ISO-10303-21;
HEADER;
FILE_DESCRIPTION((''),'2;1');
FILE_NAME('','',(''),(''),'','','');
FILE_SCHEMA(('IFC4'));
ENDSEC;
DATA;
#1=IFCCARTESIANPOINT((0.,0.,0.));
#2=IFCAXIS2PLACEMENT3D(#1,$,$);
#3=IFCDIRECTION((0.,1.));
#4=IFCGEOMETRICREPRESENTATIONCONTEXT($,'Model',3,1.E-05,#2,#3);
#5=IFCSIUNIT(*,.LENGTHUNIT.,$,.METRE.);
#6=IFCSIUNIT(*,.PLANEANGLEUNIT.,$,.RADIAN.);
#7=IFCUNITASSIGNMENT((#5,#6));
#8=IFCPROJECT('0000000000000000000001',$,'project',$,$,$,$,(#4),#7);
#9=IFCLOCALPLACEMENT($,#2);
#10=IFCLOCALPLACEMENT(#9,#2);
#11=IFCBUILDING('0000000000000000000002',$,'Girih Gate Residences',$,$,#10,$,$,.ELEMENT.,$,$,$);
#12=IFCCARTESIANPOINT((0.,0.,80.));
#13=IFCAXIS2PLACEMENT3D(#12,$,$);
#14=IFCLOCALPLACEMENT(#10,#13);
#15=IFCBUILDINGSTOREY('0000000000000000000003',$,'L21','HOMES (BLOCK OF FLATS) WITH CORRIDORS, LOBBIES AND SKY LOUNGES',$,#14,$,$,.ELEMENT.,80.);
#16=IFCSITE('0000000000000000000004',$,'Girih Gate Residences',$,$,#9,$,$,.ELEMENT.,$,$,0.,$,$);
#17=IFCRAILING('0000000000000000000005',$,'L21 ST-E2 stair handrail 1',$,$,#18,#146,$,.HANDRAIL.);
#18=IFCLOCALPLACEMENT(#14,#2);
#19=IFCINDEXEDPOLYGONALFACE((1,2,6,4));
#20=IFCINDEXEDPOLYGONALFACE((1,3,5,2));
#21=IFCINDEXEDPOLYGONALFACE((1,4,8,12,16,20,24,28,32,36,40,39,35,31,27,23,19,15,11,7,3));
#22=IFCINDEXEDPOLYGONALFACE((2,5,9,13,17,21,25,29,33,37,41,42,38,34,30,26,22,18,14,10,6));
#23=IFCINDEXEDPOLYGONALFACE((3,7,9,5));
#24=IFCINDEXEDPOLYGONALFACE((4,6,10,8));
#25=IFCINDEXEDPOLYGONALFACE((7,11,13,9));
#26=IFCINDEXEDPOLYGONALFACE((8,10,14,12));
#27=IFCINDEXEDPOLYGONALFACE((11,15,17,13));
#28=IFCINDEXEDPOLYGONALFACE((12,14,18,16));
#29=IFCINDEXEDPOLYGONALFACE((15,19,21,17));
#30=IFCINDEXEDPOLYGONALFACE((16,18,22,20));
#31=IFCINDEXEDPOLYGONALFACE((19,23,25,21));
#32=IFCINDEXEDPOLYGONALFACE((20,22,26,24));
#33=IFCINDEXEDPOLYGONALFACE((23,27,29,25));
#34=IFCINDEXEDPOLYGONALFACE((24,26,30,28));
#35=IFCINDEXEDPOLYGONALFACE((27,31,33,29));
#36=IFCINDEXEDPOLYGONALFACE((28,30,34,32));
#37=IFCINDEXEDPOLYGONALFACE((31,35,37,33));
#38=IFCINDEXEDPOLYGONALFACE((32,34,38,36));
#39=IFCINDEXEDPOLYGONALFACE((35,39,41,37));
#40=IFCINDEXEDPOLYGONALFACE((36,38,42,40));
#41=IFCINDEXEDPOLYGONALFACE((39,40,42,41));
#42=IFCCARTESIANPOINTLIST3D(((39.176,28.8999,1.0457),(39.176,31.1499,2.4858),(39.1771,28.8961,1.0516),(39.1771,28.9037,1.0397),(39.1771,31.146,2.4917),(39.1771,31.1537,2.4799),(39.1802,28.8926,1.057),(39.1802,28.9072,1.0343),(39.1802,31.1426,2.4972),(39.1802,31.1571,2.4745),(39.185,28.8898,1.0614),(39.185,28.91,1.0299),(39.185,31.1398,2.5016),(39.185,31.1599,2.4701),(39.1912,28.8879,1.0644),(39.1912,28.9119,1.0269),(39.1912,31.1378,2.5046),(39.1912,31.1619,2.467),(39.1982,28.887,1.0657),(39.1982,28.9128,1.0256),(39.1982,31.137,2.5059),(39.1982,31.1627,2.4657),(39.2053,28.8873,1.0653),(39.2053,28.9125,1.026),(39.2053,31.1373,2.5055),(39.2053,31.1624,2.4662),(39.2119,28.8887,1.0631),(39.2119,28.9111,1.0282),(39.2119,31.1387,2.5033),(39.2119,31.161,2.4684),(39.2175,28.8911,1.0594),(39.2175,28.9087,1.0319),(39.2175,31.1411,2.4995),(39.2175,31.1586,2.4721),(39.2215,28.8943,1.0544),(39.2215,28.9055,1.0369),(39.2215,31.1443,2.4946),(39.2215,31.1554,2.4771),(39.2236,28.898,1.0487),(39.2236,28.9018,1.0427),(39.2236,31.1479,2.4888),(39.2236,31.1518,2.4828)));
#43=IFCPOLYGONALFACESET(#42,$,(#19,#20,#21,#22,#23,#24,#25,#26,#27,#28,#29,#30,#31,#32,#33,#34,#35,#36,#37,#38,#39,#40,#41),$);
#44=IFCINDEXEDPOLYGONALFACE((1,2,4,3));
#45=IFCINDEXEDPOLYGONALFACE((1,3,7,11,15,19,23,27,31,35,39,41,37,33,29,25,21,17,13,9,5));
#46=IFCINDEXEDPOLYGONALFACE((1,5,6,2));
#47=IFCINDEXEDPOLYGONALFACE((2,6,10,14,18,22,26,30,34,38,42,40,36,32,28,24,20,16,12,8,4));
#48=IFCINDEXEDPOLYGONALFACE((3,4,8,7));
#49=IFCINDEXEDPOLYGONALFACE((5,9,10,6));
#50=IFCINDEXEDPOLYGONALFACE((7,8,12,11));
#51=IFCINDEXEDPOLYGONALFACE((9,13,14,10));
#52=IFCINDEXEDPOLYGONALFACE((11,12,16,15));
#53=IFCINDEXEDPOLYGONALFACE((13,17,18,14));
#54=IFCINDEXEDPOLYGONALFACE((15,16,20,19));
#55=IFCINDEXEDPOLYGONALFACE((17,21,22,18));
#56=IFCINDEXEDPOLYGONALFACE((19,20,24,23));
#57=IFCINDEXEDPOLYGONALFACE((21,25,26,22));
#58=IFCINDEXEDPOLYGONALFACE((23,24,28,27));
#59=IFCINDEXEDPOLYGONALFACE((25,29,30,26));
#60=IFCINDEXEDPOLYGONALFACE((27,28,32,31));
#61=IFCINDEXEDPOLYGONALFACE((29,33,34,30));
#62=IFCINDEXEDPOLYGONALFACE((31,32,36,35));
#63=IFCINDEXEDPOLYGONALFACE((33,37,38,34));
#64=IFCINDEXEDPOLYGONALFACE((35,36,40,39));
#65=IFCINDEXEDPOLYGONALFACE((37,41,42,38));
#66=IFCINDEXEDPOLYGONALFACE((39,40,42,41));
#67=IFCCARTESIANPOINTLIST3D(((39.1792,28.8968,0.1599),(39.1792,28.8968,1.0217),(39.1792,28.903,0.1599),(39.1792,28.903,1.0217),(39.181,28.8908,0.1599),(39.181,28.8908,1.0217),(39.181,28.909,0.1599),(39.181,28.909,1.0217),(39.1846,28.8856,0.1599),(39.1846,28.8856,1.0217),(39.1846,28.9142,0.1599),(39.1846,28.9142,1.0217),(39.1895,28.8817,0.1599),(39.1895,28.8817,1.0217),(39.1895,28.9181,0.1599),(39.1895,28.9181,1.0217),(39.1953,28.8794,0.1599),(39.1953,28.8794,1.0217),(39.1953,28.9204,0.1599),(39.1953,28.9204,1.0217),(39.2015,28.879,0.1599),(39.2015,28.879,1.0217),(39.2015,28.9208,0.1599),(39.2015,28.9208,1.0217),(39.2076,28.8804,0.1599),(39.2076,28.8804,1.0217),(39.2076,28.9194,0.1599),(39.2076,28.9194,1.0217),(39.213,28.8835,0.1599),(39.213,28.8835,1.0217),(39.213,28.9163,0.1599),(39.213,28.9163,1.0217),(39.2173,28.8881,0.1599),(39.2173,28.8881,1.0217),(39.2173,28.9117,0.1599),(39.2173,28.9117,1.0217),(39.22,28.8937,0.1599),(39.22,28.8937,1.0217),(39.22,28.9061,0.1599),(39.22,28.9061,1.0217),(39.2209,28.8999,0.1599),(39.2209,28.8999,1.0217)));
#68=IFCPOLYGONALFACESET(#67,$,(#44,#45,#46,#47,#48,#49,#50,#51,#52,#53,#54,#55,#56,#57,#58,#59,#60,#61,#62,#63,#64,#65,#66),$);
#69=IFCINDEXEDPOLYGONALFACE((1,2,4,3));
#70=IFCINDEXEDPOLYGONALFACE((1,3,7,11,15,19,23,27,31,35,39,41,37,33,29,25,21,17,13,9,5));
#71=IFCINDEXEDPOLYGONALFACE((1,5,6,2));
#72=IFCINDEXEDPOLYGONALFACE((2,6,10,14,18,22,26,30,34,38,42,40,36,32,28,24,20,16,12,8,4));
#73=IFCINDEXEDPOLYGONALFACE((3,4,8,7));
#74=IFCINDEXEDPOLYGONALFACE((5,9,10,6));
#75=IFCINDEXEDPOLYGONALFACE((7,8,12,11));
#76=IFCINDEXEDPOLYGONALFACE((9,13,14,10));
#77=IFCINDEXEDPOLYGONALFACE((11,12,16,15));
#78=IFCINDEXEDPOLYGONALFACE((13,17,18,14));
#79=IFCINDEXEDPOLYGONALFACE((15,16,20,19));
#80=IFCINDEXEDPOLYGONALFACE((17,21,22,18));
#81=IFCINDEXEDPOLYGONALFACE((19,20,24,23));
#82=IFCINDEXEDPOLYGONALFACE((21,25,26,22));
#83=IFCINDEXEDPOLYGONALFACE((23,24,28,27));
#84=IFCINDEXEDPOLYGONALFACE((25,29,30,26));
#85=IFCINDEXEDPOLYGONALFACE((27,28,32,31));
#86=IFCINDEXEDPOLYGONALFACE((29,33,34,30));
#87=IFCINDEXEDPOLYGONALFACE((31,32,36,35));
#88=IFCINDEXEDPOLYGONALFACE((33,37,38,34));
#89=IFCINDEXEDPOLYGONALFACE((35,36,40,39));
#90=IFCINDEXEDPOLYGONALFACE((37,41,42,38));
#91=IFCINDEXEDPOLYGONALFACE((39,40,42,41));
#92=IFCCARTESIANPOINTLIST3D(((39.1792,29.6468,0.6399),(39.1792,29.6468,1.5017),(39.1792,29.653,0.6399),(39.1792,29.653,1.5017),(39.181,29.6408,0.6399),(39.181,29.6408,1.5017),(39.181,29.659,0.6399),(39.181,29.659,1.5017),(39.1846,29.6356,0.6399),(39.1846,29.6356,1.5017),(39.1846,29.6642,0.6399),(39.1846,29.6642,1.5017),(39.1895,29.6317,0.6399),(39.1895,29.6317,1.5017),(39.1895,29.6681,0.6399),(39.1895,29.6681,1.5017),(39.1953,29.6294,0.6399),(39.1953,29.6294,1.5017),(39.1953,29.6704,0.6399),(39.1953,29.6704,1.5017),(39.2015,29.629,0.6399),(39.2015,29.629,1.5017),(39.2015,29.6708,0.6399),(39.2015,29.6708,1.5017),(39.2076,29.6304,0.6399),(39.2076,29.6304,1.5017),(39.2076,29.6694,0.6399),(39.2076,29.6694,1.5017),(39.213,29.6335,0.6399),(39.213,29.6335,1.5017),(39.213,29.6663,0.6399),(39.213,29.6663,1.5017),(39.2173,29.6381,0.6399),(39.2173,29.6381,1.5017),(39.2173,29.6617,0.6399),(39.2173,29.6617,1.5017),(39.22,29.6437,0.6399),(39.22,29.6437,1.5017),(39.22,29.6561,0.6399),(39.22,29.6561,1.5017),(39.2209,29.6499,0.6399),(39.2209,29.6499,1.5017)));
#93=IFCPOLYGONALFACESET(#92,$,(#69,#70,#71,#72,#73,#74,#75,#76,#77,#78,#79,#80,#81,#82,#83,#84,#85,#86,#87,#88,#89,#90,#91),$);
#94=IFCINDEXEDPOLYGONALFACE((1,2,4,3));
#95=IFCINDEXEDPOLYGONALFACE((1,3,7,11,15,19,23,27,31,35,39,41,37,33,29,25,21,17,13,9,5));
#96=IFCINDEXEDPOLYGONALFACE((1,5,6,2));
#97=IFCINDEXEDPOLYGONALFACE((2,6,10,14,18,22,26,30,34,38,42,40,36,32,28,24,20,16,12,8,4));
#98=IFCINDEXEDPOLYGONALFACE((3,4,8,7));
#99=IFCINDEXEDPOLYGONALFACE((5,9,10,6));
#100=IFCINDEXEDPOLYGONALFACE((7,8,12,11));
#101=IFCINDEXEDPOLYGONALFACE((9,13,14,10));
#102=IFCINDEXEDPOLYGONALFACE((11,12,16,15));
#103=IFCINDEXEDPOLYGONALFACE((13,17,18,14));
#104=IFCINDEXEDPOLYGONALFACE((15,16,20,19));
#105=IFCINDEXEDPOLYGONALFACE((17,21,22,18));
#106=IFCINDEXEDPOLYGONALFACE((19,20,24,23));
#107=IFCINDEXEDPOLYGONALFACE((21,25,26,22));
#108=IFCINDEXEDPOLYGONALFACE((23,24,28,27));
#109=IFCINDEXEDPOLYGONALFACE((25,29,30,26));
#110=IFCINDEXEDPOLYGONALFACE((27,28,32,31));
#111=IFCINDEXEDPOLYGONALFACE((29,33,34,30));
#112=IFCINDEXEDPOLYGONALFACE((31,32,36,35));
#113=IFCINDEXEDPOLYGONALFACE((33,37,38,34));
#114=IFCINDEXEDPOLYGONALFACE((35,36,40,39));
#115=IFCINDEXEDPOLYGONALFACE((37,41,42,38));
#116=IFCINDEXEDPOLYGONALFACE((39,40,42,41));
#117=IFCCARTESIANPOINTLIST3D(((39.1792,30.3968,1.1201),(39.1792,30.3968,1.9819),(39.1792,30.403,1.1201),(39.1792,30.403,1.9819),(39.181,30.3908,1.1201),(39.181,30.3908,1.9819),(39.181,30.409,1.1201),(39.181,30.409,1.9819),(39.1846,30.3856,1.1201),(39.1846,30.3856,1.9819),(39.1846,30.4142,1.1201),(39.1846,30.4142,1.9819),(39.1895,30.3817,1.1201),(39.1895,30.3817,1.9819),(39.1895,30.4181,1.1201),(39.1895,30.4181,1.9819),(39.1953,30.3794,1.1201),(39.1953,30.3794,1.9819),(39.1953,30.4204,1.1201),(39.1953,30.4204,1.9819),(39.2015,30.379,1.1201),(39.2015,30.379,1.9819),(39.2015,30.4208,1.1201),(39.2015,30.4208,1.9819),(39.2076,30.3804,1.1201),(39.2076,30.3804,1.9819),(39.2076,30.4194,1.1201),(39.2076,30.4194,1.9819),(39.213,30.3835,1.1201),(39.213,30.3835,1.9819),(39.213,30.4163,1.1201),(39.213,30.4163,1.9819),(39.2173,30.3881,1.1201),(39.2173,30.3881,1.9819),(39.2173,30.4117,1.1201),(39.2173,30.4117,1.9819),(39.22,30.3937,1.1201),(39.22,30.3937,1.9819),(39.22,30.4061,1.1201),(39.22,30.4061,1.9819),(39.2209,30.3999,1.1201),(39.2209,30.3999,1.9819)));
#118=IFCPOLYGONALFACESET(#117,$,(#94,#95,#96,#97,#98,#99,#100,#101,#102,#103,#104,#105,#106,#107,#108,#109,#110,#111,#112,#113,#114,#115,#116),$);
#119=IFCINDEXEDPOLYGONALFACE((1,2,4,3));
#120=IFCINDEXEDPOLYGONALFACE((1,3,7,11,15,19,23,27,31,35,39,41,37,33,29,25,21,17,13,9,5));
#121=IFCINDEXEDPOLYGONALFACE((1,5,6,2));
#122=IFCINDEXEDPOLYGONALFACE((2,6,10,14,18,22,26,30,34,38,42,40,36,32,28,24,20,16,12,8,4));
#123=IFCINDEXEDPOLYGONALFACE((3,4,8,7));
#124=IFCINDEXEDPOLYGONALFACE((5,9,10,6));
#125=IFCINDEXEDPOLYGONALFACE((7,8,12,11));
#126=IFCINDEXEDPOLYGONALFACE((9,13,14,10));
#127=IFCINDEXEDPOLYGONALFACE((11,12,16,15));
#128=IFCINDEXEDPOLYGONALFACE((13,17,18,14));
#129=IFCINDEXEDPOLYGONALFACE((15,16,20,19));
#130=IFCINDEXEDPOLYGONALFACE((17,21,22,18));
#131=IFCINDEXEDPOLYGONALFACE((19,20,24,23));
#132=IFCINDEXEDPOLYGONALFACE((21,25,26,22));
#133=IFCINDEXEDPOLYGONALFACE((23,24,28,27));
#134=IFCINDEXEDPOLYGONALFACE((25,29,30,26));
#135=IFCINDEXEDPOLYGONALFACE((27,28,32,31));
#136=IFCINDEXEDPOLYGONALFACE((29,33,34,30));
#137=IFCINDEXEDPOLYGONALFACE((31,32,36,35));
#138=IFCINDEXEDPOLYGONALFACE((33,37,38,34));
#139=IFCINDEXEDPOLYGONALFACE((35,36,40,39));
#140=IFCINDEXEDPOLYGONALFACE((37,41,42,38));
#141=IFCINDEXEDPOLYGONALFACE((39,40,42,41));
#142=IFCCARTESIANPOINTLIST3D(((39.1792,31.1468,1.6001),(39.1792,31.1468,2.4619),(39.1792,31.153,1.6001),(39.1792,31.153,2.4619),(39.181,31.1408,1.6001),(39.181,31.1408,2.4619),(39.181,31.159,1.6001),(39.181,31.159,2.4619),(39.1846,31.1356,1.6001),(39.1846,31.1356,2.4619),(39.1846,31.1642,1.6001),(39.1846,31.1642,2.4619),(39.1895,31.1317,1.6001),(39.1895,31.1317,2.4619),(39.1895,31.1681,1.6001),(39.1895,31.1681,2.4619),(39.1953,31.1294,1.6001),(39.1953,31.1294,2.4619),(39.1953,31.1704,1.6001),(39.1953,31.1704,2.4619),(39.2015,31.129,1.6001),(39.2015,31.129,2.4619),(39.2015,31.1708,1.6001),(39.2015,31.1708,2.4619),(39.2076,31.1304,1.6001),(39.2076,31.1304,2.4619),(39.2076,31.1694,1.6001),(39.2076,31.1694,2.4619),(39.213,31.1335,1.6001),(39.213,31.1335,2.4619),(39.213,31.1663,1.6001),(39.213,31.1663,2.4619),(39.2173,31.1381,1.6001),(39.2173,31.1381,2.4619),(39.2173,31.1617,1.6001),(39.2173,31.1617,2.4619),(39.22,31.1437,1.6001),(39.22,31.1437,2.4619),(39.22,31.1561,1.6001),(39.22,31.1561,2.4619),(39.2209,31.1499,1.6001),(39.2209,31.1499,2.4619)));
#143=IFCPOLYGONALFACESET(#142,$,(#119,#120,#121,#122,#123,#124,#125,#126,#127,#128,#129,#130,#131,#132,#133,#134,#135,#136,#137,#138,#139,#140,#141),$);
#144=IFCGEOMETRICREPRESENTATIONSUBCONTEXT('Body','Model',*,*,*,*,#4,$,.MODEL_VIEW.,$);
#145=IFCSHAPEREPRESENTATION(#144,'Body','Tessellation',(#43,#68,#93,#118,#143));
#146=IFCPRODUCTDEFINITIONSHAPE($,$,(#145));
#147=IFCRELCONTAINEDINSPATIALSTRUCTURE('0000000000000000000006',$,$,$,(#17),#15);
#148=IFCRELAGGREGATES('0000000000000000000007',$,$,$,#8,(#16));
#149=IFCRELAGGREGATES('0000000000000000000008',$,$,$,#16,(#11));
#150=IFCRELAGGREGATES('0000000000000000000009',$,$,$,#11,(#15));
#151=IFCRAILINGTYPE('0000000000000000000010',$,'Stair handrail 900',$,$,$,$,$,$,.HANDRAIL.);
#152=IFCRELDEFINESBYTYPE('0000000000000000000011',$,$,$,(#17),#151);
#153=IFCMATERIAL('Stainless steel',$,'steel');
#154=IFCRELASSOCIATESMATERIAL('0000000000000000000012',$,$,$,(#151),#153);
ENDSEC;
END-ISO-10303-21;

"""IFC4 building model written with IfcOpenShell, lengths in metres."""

from ifc_helpers import new_model, si_unit, direction, frame, origin, origin_2d, place, context, subcontext, project, spatial, circle, extrude, material, type_object, element, save


model = new_model("IFC4")

# Units and contexts
model_context = context("Model", 3, precision=1e-05, world=origin(), true_north=direction((0.0, 1.0)))
body_context = subcontext(model_context, "Body", "Model", "MODEL_VIEW")
ifc_project = project(units=[si_unit("LENGTHUNIT", "METRE"), si_unit("PLANEANGLEUNIT", "RADIAN")], contexts=[model_context])

# Site, building, storey
site_placement = place(None, origin())
site = spatial("IfcSite", under=ifc_project, at=site_placement, Name="Girih Gate Residences", CompositionType="ELEMENT", RefElevation=0.0)
building_placement = place(site_placement, origin())
building = spatial("IfcBuilding", under=site, at=building_placement, Name="Girih Gate Residences", CompositionType="ELEMENT")
storey_placement = place(building_placement, frame((0.0, 0.0, 80.0)))
storey = spatial("IfcBuildingStorey", under=building, at=storey_placement, Name="L21", Description="HOMES (BLOCK OF FLATS) WITH CORRIDORS, LOBBIES AND SKY LOUNGES", CompositionType="ELEMENT", Elevation=80.0)

# Railing
ifc_material_1 = material(Name="Stainless steel", Category="steel")
railing_type_1 = type_object("IfcRailingType", Name="Stair handrail 900", PredefinedType="HANDRAIL", material=ifc_material_1)
railing_1_placement = place(storey_placement, frame((39.2, 28.8999, 0.1599)))
element("IfcRailing", 1, at=railing_1_placement, inside=storey, type_object=railing_type_1, Name="L21 ST-E2 stair handrail 1", PredefinedType="HANDRAIL", context=body_context, shape_type="SweptSolid", body=[
    extrude(circle(Radius=0.0239, at=origin_2d()), frame((0.0, 0.0, 0.8857), z_axis=(0.0, 0.84224, 0.539103), x_axis=(-1.0, 0.0, 0.0)), (0.0, 0.0, 1.0), 2.6714),
    extrude(circle(Radius=0.021, at=origin_2d()), origin(), (0.0, 0.0, 1.0), 0.8618),
    extrude(circle(Radius=0.021, at=origin_2d()), frame((0.0, 0.75, 0.48)), (0.0, 0.0, 1.0), 0.8618),
    extrude(circle(Radius=0.021, at=origin_2d()), frame((0.0, 1.5, 0.9602)), (0.0, 0.0, 1.0), 0.8618),
    extrude(circle(Radius=0.021, at=origin_2d()), frame((0.0, 2.25, 1.4402)), (0.0, 0.0, 1.0), 0.8618),
])

save(model, "model.ifc")
